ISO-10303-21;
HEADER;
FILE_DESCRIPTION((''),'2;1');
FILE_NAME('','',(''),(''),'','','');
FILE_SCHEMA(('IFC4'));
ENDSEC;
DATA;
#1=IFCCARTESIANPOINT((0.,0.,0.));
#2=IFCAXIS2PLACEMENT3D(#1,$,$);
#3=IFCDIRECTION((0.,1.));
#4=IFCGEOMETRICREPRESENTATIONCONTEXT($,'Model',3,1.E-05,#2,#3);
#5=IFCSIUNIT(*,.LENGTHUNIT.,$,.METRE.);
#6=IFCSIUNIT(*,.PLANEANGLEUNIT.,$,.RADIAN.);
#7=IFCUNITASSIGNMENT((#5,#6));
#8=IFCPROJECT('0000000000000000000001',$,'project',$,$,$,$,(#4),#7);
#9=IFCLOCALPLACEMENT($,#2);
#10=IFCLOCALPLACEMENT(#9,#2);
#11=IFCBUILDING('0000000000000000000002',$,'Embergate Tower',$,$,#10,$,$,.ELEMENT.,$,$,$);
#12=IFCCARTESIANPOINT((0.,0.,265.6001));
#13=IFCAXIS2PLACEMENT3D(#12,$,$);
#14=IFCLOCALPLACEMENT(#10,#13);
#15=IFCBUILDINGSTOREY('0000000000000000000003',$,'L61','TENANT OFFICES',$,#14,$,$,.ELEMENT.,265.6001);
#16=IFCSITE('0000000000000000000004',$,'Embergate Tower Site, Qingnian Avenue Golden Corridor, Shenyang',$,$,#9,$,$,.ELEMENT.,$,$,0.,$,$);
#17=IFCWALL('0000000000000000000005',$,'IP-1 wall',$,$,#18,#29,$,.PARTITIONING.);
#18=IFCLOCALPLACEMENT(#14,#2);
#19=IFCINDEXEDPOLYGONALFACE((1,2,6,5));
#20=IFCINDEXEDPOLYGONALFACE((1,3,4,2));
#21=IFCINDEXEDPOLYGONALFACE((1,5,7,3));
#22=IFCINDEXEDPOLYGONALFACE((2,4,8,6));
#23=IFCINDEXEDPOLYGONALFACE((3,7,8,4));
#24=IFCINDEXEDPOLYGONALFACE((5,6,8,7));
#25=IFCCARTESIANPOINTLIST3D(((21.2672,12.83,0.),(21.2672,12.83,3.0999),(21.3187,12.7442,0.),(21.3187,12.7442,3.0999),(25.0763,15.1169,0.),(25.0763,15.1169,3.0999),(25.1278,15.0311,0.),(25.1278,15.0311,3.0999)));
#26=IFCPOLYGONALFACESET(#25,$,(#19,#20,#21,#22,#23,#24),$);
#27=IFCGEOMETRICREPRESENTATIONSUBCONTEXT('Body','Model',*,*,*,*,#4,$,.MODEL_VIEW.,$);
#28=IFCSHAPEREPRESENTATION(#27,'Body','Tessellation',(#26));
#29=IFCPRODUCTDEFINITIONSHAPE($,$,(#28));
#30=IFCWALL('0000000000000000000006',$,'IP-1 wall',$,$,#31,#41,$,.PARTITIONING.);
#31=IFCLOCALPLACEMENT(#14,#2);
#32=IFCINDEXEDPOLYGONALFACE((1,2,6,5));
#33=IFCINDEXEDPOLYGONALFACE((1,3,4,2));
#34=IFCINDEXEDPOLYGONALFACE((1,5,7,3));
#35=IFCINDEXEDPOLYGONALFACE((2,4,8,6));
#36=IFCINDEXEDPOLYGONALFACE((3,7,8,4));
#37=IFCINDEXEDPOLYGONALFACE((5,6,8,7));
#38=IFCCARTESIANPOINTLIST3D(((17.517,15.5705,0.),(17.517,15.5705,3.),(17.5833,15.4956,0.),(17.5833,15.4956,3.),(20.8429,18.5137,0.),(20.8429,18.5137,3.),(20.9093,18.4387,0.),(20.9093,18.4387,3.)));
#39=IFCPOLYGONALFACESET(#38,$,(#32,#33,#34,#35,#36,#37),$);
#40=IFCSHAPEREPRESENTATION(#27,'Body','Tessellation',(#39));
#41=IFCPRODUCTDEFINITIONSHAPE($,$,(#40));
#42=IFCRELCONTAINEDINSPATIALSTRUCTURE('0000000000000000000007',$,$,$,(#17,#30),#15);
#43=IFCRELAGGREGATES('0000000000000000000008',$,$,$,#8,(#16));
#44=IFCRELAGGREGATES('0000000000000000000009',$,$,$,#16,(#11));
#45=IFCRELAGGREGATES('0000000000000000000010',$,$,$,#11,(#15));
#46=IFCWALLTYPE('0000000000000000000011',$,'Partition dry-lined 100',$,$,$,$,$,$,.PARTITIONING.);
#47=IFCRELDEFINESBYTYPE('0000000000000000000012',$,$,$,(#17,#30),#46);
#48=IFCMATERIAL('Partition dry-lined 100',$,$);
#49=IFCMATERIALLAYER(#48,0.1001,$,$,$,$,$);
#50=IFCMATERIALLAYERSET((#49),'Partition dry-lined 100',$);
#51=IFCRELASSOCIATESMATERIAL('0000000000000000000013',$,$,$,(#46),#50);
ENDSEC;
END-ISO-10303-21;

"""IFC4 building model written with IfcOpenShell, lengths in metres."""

from ifc_helpers import new_model, si_unit, direction, frame, frame_2d, origin, place, context, subcontext, project, spatial, rectangle, extrude, source, transform, mapped, material, layer, layer_set, type_object, element, save


model = new_model("IFC4")

# Units and contexts
model_context = context("Model", 3, precision=1e-05, world=origin(), true_north=direction((0.0, 1.0)))
body_context = subcontext(model_context, "Body", "Model", "MODEL_VIEW")
ifc_project = project(units=[si_unit("LENGTHUNIT", "METRE"), si_unit("PLANEANGLEUNIT", "RADIAN")], contexts=[model_context])

# Site, building, storey
site_placement = place(None, origin())
site = spatial("IfcSite", under=ifc_project, at=site_placement, Name="Embergate Tower Site, Qingnian Avenue Golden Corridor, Shenyang", CompositionType="ELEMENT", RefElevation=0.0)
building_placement = place(site_placement, origin())
building = spatial("IfcBuilding", under=site, at=building_placement, Name="Embergate Tower", CompositionType="ELEMENT")
storey_placement = place(building_placement, frame((0.0, 0.0, 265.6001)))
storey = spatial("IfcBuildingStorey", under=building, at=storey_placement, Name="L61", Description="TENANT OFFICES", CompositionType="ELEMENT", Elevation=265.6001)

# Walls
ifc_material_1 = material(Name="Partition dry-lined 100")
ifc_layer_1 = layer(ifc_material_1, 0.1001)
ifc_layer_set_1 = layer_set([ifc_layer_1], Name="Partition dry-lined 100")
wall_type = type_object("IfcWallType", Name="Partition dry-lined 100", PredefinedType="PARTITIONING", material=ifc_layer_set_1)
shared_shape_1 = source(origin(), body_context, "Body", "SweptSolid", [
    extrude(rectangle(XDim=4.4429, YDim=0.1001, at=frame_2d((2.2214, 0.0))), origin(), (0.0, 0.0, 1.0), 3.0999),
])
wall_1_placement = place(storey_placement, frame((21.293, 12.7871, 0.0), z_axis=(0.0, 0.0, 1.0), x_axis=(0.857352, 0.51473, 0.0)))
element("IfcWall", 1, at=wall_1_placement, inside=storey, type_object=wall_type, Name="IP-1 wall", PredefinedType="PARTITIONING", context=body_context, shape_type="MappedRepresentation", body=[
    mapped(shared_shape_1, transform((0.0, 0.0, 0.0))),
])
shared_shape_2 = source(origin(), body_context, "Body", "SweptSolid", [
    extrude(rectangle(XDim=4.4412, YDim=0.1001, at=frame_2d((2.2207, 0.0))), origin(), (0.0, 0.0, 1.0), 3.0),
])
wall_2_placement = place(storey_placement, frame((17.55, 15.533, 0.0), z_axis=(0.0, 0.0, 1.0), x_axis=(0.748891, 0.662694, 0.0)))
element("IfcWall", 2, at=wall_2_placement, inside=storey, type_object=wall_type, Name="IP-1 wall", PredefinedType="PARTITIONING", context=body_context, shape_type="MappedRepresentation", body=[
    mapped(shared_shape_2, transform((0.0, 0.0, 0.0))),
])

save(model, "model.ifc")
